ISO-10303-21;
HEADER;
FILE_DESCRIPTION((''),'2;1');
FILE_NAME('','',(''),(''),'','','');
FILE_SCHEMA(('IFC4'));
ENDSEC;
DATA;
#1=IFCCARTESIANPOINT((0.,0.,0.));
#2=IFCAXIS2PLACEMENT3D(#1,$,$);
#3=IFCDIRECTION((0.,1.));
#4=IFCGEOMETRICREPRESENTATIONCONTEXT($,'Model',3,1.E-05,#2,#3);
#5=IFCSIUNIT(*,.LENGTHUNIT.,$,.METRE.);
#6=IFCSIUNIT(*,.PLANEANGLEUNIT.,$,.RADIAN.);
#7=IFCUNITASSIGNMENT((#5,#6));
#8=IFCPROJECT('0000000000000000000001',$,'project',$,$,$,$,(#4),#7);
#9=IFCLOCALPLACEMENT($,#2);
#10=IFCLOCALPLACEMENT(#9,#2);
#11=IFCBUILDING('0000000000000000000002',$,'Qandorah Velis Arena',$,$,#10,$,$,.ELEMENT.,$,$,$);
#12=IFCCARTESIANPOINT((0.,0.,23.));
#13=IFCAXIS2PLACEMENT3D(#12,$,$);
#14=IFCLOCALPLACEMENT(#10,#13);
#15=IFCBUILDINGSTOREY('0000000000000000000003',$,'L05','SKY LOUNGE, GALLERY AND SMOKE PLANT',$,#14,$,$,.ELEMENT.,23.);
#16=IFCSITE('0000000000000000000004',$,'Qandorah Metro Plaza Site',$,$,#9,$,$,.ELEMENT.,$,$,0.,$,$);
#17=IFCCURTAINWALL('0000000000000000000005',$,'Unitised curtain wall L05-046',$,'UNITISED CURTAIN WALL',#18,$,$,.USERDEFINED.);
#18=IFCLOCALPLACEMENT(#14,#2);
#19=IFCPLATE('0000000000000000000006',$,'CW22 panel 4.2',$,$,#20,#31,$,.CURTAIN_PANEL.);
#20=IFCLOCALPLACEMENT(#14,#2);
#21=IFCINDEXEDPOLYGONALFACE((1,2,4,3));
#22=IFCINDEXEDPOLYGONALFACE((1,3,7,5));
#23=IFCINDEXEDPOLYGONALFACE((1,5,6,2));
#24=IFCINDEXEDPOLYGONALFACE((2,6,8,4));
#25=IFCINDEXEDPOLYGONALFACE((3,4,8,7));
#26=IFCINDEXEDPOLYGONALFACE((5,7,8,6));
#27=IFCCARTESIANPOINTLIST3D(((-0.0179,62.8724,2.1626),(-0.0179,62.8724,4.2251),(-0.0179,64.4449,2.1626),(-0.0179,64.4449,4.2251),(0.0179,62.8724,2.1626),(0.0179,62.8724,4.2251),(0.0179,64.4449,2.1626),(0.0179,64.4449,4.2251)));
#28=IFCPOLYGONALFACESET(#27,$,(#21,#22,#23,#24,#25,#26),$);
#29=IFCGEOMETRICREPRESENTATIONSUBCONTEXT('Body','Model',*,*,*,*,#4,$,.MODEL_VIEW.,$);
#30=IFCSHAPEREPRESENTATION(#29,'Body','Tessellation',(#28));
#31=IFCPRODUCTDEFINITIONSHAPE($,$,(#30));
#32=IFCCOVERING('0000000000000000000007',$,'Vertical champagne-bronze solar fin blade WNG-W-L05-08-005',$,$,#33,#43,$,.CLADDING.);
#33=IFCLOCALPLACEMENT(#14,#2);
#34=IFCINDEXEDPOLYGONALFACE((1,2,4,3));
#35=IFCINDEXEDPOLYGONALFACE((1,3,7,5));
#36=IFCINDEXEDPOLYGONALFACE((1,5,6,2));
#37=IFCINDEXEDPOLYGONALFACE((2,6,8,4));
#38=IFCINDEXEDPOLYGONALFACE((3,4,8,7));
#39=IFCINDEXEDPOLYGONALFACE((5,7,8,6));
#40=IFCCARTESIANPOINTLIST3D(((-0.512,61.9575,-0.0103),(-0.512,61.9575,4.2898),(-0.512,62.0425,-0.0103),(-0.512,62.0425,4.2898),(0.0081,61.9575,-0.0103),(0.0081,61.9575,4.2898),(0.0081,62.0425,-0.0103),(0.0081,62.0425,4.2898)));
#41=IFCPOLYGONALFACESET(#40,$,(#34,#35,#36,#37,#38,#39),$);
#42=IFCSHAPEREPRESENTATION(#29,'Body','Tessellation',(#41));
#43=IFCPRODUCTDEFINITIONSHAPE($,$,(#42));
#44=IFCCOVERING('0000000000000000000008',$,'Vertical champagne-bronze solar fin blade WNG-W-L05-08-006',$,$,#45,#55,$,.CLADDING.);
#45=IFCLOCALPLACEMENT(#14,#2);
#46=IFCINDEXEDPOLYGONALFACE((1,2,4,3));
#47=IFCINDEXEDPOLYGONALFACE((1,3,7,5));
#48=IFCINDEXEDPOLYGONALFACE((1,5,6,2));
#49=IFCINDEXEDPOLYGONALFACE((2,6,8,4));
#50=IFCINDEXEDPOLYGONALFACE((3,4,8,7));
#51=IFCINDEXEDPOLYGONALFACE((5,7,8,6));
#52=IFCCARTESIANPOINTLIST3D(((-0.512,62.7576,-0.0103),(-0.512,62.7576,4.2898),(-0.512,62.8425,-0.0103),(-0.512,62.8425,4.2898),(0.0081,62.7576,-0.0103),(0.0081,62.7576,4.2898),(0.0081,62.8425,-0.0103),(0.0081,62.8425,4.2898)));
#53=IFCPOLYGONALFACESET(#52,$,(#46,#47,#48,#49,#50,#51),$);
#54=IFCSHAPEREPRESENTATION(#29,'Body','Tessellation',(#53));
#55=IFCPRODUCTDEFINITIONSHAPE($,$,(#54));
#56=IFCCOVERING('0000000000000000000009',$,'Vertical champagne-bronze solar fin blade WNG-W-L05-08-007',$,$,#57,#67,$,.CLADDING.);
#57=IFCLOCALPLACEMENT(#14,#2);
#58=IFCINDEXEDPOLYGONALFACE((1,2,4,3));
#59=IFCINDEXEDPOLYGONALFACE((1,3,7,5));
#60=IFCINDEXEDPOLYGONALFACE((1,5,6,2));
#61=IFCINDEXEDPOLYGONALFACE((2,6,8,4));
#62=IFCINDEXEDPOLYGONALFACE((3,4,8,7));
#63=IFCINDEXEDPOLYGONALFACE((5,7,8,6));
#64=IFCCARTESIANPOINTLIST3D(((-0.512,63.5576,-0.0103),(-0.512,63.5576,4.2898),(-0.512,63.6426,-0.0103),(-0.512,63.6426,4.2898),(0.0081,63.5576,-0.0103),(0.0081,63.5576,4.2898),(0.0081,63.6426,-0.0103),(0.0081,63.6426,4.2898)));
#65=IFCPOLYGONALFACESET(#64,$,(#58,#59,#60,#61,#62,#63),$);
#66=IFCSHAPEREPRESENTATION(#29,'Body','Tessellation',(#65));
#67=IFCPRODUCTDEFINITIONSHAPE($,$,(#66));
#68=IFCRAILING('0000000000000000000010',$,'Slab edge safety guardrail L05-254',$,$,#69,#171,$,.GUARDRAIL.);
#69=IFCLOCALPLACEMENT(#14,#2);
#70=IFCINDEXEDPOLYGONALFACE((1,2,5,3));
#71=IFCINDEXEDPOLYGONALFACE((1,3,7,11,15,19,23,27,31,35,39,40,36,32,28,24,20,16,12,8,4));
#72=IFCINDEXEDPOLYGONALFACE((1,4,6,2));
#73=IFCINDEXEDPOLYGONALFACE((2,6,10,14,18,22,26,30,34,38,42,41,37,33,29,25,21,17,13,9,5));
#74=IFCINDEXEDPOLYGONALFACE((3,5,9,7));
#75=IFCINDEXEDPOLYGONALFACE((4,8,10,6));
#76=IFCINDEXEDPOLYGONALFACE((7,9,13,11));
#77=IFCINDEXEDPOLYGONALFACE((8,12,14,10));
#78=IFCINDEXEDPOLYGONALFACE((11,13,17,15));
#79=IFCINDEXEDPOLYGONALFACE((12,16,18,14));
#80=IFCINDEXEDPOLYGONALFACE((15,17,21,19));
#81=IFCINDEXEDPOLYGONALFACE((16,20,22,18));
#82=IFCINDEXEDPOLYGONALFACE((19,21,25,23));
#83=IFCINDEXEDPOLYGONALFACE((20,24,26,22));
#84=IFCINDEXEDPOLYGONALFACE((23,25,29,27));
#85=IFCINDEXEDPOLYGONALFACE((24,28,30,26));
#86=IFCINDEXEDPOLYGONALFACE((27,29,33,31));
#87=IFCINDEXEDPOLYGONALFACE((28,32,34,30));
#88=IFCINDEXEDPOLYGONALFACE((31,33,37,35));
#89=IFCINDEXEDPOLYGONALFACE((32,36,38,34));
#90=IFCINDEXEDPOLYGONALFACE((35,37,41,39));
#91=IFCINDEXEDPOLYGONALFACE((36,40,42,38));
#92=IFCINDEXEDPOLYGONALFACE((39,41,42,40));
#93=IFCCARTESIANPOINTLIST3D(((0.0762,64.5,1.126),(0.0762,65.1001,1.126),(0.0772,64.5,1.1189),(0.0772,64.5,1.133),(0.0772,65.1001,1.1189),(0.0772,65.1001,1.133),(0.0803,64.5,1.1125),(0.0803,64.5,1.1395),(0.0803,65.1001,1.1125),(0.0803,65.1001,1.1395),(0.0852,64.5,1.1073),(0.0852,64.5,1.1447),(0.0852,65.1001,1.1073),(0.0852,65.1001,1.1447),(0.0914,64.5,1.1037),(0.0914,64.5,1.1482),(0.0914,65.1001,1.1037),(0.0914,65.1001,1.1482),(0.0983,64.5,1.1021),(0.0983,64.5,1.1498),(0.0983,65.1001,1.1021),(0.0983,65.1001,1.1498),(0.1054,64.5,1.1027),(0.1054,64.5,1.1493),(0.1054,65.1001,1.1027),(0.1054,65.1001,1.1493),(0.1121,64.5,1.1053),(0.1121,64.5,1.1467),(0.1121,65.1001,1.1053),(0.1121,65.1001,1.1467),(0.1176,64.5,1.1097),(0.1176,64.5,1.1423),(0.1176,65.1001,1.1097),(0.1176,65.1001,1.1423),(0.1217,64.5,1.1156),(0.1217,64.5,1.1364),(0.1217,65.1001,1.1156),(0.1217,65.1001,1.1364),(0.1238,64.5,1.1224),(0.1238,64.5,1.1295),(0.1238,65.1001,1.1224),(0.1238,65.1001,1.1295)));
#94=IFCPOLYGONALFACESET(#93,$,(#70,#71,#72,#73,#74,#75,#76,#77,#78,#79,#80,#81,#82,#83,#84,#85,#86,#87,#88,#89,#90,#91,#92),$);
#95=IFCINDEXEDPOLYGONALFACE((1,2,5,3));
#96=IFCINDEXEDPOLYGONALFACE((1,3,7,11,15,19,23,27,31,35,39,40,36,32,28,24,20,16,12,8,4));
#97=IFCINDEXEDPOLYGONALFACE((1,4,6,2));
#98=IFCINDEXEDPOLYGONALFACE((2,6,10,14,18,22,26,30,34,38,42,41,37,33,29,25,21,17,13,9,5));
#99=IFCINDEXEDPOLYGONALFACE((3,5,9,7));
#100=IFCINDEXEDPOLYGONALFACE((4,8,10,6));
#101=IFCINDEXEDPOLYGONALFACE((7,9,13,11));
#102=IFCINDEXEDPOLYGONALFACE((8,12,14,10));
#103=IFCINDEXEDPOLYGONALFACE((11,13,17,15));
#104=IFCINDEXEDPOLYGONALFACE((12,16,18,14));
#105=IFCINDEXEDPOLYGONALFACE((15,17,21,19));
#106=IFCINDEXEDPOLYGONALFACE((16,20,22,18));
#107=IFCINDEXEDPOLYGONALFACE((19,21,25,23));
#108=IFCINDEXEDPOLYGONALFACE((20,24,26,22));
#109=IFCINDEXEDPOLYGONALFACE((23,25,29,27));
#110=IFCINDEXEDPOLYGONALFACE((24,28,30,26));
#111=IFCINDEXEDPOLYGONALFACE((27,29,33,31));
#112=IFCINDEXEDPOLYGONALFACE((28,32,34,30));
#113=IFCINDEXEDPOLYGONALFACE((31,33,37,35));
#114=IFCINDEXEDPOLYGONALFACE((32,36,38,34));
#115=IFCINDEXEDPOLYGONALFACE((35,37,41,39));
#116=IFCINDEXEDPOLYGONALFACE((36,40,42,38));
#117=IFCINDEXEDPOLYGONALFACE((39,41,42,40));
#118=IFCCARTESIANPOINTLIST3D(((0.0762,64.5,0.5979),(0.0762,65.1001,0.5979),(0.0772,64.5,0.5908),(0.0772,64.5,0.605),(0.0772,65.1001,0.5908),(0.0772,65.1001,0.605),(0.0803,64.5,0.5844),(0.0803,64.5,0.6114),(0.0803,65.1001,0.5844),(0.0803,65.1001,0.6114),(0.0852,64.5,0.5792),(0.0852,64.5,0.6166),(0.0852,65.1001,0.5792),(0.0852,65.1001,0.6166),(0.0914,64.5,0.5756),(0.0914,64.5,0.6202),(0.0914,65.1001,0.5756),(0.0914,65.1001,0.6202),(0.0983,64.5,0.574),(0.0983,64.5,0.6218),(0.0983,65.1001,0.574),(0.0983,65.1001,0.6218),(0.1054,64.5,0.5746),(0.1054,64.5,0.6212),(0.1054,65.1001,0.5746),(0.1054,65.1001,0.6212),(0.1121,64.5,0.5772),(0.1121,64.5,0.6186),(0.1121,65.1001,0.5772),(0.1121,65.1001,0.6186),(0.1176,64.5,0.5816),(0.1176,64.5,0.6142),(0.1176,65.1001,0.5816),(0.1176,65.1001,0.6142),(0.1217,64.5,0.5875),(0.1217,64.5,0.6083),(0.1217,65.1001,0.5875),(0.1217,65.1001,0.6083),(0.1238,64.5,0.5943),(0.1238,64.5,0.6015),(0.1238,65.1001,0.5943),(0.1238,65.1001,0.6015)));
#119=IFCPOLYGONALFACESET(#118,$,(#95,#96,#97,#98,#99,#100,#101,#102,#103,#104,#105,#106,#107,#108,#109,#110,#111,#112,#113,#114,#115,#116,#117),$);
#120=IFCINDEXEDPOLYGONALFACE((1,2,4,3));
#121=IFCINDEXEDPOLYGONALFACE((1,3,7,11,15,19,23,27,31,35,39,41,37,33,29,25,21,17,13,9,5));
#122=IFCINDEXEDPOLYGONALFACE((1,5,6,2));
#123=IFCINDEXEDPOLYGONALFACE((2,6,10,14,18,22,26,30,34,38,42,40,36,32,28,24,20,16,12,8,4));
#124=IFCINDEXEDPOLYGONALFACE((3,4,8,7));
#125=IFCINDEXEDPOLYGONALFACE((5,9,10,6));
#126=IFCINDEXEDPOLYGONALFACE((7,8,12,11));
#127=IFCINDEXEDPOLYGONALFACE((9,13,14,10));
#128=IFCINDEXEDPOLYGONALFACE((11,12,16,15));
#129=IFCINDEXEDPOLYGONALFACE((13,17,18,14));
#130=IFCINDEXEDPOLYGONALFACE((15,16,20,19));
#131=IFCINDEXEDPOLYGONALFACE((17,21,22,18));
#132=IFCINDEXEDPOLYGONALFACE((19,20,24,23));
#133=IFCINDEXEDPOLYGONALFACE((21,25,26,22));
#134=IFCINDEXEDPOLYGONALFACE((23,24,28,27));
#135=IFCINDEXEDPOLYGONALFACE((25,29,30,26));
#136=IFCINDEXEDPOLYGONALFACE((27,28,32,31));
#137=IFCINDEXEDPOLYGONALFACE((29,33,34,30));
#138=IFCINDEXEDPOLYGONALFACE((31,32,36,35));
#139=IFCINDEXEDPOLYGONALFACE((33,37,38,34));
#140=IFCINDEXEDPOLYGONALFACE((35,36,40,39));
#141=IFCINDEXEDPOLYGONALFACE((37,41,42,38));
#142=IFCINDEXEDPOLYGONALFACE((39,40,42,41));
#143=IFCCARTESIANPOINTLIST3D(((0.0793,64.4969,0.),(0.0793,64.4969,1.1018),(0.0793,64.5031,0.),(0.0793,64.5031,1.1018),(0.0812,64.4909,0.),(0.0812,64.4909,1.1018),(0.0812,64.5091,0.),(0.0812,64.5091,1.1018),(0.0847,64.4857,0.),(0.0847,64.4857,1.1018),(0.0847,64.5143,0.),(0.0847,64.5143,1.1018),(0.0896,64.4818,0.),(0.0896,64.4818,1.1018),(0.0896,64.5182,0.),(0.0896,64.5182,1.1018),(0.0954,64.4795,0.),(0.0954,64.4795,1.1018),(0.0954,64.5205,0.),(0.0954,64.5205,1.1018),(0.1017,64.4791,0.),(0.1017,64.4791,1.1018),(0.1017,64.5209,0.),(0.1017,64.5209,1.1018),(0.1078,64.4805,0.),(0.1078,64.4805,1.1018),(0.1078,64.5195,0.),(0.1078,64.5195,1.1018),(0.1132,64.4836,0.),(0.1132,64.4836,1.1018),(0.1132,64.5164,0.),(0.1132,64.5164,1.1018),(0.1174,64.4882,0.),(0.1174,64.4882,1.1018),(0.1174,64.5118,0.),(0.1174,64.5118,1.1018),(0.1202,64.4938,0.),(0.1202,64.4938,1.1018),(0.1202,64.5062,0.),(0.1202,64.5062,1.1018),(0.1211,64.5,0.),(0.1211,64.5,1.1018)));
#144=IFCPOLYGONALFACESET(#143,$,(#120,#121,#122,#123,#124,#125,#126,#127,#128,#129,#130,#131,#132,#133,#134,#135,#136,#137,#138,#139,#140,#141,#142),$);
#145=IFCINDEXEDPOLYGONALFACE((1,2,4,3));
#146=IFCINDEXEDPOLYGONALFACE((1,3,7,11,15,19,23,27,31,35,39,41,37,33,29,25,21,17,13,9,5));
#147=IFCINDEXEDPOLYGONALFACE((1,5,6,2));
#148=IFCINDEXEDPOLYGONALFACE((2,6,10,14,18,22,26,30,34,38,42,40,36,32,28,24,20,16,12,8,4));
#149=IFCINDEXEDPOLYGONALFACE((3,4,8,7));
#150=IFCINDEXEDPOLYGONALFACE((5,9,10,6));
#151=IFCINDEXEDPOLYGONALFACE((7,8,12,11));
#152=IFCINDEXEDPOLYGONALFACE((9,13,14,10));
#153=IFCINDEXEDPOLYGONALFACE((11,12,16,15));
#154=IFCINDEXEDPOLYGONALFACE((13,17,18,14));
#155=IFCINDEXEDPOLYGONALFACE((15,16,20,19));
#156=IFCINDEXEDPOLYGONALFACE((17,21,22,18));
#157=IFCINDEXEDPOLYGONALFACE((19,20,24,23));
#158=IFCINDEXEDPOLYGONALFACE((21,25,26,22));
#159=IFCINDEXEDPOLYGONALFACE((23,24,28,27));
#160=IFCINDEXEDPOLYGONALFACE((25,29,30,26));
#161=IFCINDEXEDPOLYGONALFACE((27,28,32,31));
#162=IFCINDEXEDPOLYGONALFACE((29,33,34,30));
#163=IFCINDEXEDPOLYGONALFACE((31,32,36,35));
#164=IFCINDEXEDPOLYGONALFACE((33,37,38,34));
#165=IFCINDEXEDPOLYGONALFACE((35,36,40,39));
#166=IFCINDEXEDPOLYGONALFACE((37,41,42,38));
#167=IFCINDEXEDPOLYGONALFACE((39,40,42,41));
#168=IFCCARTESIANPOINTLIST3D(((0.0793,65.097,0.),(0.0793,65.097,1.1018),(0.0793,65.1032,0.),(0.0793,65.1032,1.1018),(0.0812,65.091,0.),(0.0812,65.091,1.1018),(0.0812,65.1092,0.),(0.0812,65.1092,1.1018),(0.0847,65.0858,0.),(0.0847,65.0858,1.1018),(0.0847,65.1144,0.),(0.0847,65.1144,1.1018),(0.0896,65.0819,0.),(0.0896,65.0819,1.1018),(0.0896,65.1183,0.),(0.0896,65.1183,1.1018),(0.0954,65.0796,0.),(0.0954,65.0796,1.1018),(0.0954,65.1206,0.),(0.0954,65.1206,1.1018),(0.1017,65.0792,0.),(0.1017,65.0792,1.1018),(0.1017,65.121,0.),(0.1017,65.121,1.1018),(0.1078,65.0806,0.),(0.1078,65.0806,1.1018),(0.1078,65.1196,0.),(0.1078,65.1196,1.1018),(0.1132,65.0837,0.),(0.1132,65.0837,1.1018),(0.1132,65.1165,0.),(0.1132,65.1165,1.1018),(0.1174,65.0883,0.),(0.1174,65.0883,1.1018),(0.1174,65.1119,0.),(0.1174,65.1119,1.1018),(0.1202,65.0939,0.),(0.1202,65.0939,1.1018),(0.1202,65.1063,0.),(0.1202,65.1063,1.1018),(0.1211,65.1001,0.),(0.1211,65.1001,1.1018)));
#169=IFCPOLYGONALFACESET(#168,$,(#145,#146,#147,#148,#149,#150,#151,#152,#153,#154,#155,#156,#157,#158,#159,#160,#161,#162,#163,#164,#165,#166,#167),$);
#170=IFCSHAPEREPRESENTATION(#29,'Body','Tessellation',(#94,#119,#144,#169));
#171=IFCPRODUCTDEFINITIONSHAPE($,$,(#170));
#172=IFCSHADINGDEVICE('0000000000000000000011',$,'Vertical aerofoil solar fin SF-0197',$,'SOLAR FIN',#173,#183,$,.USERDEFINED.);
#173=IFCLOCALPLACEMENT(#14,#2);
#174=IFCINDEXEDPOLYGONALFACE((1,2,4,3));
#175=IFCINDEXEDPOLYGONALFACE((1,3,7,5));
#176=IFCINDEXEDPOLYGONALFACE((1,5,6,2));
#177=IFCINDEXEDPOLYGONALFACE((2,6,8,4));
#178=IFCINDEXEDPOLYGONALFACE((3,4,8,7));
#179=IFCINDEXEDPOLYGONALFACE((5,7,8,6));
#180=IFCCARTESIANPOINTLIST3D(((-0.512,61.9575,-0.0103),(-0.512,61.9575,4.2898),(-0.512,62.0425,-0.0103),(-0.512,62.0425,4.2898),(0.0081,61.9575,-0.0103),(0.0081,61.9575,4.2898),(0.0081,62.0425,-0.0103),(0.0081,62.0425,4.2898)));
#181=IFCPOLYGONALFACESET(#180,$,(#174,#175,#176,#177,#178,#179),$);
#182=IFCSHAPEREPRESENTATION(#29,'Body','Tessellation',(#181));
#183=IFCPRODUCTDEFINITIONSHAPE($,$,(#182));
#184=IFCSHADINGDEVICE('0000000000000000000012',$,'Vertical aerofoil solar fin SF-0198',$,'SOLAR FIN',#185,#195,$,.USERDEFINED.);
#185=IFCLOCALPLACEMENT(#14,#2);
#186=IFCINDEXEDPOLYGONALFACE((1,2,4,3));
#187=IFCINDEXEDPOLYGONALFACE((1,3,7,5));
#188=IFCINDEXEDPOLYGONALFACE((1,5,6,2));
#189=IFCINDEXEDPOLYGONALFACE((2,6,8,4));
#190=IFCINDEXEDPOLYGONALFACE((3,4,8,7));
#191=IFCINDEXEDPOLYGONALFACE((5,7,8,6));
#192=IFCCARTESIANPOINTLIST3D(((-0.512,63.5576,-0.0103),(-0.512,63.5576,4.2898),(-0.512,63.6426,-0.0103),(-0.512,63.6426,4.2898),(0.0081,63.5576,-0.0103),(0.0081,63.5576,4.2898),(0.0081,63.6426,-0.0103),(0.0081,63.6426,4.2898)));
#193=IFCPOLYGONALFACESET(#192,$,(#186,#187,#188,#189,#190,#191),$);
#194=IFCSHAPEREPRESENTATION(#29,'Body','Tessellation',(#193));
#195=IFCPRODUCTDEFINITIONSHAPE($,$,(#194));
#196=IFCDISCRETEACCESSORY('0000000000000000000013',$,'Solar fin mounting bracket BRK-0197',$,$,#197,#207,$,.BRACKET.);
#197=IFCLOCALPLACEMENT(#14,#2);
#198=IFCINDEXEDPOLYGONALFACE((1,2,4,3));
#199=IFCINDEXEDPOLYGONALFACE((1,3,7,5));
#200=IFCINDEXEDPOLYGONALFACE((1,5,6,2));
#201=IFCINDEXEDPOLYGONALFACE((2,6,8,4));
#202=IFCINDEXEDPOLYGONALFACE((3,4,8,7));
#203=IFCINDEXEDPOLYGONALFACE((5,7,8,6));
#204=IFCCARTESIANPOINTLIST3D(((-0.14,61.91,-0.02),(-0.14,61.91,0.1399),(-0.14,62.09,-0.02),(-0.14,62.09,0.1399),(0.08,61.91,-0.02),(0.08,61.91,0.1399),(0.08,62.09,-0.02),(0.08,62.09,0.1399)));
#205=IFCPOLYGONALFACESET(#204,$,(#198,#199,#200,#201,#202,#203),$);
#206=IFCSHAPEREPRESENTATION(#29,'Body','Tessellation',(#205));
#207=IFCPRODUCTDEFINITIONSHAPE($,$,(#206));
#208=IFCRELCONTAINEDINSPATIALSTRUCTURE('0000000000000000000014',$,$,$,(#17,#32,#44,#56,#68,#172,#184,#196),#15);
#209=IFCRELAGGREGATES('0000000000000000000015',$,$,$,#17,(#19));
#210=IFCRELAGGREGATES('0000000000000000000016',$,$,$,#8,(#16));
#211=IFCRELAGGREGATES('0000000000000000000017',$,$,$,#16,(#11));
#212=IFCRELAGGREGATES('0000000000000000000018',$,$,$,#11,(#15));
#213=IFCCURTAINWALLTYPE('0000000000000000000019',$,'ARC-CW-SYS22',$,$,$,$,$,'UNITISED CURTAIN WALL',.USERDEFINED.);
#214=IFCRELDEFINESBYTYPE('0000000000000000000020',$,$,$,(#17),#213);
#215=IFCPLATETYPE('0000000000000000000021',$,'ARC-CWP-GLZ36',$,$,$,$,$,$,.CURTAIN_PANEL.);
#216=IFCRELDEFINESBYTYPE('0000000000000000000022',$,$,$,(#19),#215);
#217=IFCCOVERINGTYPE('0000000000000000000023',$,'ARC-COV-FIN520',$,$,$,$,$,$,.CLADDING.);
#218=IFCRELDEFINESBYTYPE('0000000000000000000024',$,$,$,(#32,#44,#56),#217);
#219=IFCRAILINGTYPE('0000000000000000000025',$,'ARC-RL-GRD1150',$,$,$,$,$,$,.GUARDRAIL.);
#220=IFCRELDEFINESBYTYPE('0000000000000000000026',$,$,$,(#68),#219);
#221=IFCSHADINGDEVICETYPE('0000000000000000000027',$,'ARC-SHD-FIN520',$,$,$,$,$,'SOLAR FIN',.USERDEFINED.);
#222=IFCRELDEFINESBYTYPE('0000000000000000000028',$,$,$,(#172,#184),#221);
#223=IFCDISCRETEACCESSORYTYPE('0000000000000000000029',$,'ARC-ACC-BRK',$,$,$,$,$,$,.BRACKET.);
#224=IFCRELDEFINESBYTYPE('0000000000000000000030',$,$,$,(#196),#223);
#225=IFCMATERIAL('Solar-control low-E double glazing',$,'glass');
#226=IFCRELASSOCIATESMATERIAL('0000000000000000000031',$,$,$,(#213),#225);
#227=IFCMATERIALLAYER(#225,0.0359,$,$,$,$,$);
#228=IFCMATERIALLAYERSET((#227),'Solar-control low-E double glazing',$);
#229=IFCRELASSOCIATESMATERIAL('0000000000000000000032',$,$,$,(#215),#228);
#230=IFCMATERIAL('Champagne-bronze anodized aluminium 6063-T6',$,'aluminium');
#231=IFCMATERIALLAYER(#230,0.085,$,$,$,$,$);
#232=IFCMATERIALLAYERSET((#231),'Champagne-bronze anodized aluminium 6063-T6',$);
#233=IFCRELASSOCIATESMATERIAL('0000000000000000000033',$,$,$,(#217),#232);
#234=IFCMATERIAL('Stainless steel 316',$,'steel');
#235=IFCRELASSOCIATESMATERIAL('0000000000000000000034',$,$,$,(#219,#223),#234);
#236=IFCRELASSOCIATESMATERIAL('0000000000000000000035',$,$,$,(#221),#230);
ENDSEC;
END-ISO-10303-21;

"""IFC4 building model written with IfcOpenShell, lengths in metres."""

from ifc_helpers import new_model, si_unit, direction, frame, origin, origin_2d, place, context, subcontext, project, spatial, rectangle, circle, extrude, material, layer, layer_set, type_object, element, aggregate, save


model = new_model("IFC4")

# Units and contexts
model_context = context("Model", 3, precision=1e-05, world=origin(), true_north=direction((0.0, 1.0)))
body_context = subcontext(model_context, "Body", "Model", "MODEL_VIEW")
ifc_project = project(units=[si_unit("LENGTHUNIT", "METRE"), si_unit("PLANEANGLEUNIT", "RADIAN")], contexts=[model_context])

# Site, building, storey
site_placement = place(None, origin())
site = spatial("IfcSite", under=ifc_project, at=site_placement, Name="Qandorah Metro Plaza Site", CompositionType="ELEMENT", RefElevation=0.0)
building_placement = place(site_placement, origin())
building = spatial("IfcBuilding", under=site, at=building_placement, Name="Qandorah Velis Arena", CompositionType="ELEMENT")
storey_placement = place(building_placement, frame((0.0, 0.0, 23.0)))
storey = spatial("IfcBuildingStorey", under=building, at=storey_placement, Name="L05", Description="SKY LOUNGE, GALLERY AND SMOKE PLANT", CompositionType="ELEMENT", Elevation=23.0)

# Shared definitions
ifc_material_1 = material(Name="Solar-control low-E double glazing", Category="glass")
ifc_material_2 = material(Name="Champagne-bronze anodized aluminium 6063-T6", Category="aluminium")

# Curtain wall
curtain_wall_type_1 = type_object("IfcCurtainWallType", Name="ARC-CW-SYS22", ElementType="UNITISED CURTAIN WALL", PredefinedType="USERDEFINED", material=ifc_material_1)
curtain_wall_1_placement = place(storey_placement, origin())
curtain_wall_1 = element("IfcCurtainWall", 1, at=curtain_wall_1_placement, inside=storey, type_object=curtain_wall_type_1, Name="Unitised curtain wall L05-046", ObjectType="UNITISED CURTAIN WALL", PredefinedType="USERDEFINED")

# Plate
ifc_layer_1 = layer(ifc_material_1, 0.0359)
ifc_layer_set_1 = layer_set([ifc_layer_1], Name="Solar-control low-E double glazing")
plate_type_1 = type_object("IfcPlateType", Name="ARC-CWP-GLZ36", PredefinedType="CURTAIN_PANEL", material=ifc_layer_set_1)
plate_1_placement = place(storey_placement, frame((0.0, 63.6587, 2.1626), z_axis=(0.0, 0.0, 1.0), x_axis=(0.0, 1.0, 0.0)))
plate_1 = element("IfcPlate", 2, at=plate_1_placement, type_object=plate_type_1, Name="CW22 panel 4.2", PredefinedType="CURTAIN_PANEL", context=body_context, shape_type="SweptSolid", body=[
    extrude(rectangle(XDim=1.5725, YDim=0.0359, at=origin_2d()), origin(), (0.0, 0.0, 1.0), 2.0625),
])
aggregate(curtain_wall_1, [plate_1])

# Coverings
ifc_layer_2 = layer(ifc_material_2, 0.085)
ifc_layer_set_2 = layer_set([ifc_layer_2], Name="Champagne-bronze anodized aluminium 6063-T6")
covering_type = type_object("IfcCoveringType", Name="ARC-COV-FIN520", PredefinedType="CLADDING", material=ifc_layer_set_2)
for number, where, z_axis, x_axis, name in (
    (3, (-0.252, 62.0, -0.0103), (0.0, 0.0, 1.0), (1.0, 0.0, 0.0), "Vertical champagne-bronze solar fin blade WNG-W-L05-08-005"),
    (4, (-0.252, 62.8, -0.0103), (0.0, 0.0, 1.0), (1.0, 0.0, 0.0), "Vertical champagne-bronze solar fin blade WNG-W-L05-08-006"),
    (5, (-0.252, 63.6001, -0.0103), (0.0, 0.0, 1.0), (1.0, 0.0, 0.0), "Vertical champagne-bronze solar fin blade WNG-W-L05-08-007"),
):
    element("IfcCovering", number, at=place(storey_placement, frame(where, z_axis=z_axis, x_axis=x_axis)), inside=storey, type_object=covering_type, Name=name, PredefinedType="CLADDING", context=body_context, shape_type="SweptSolid", body=[
        extrude(rectangle(XDim=0.52, YDim=0.085, at=origin_2d()), origin(), (0.0, 0.0, 1.0), 4.3),
    ])

# Railing
ifc_material_3 = material(Name="Stainless steel 316", Category="steel")
railing_type = type_object("IfcRailingType", Name="ARC-RL-GRD1150", PredefinedType="GUARDRAIL", material=ifc_material_3)
railing_placement = place(storey_placement, frame((0.1001, 64.5, 0.0)))
element("IfcRailing", 6, at=railing_placement, inside=storey, type_object=railing_type, Name="Slab edge safety guardrail L05-254", PredefinedType="GUARDRAIL", context=body_context, shape_type="SweptSolid", body=[
    extrude(circle(Radius=0.0239, at=origin_2d()), frame((0.0, 0.0, 1.126), z_axis=(0.0, 1.0, 0.0), x_axis=(-1.0, 0.0, 0.0)), (0.0, 0.0, 1.0), 0.6001),
    extrude(circle(Radius=0.0239, at=origin_2d()), frame((0.0, 0.0, 0.5979), z_axis=(0.0, 1.0, 0.0), x_axis=(-1.0, 0.0, 0.0)), (0.0, 0.0, 1.0), 0.6001),
    extrude(circle(Radius=0.021, at=origin_2d()), origin(), (0.0, 0.0, 1.0), 1.1018),
    extrude(circle(Radius=0.021, at=origin_2d()), frame((0.0, 0.6001, 0.0)), (0.0, 0.0, 1.0), 1.1018),
])

# Shading devices
shading_device_type = type_object("IfcShadingDeviceType", Name="ARC-SHD-FIN520", ElementType="SOLAR FIN", PredefinedType="USERDEFINED", material=ifc_material_2)
for number, where, z_axis, x_axis, name in (
    (7, (-0.252, 62.0, -0.0103), (0.0, 0.0, 1.0), (1.0, 0.0, 0.0), "Vertical aerofoil solar fin SF-0197"),
    (8, (-0.252, 63.6001, -0.0103), (0.0, 0.0, 1.0), (1.0, 0.0, 0.0), "Vertical aerofoil solar fin SF-0198"),
):
    element("IfcShadingDevice", number, at=place(storey_placement, frame(where, z_axis=z_axis, x_axis=x_axis)), inside=storey, type_object=shading_device_type, Name=name, ObjectType="SOLAR FIN", PredefinedType="USERDEFINED", context=body_context, shape_type="SweptSolid", body=[
        extrude(rectangle(XDim=0.52, YDim=0.085, at=origin_2d()), origin(), (0.0, 0.0, 1.0), 4.3),
    ])

# Discrete accessory
discrete_accessory_type = type_object("IfcDiscreteAccessoryType", Name="ARC-ACC-BRK", PredefinedType="BRACKET", material=ifc_material_3)
for number, where, z_axis, x_axis, name in (
    (9, (-0.03, 62.0, -0.02), (0.0, 0.0, 1.0), (1.0, 0.0, 0.0), "Solar fin mounting bracket BRK-0197"),
):
    element("IfcDiscreteAccessory", number, at=place(storey_placement, frame(where, z_axis=z_axis, x_axis=x_axis)), inside=storey, type_object=discrete_accessory_type, Name=name, PredefinedType="BRACKET", context=body_context, shape_type="SweptSolid", body=[
        extrude(rectangle(XDim=0.22, YDim=0.1799, at=origin_2d()), origin(), (0.0, 0.0, 1.0), 0.1599),
    ])

save(model, "model.ifc")
